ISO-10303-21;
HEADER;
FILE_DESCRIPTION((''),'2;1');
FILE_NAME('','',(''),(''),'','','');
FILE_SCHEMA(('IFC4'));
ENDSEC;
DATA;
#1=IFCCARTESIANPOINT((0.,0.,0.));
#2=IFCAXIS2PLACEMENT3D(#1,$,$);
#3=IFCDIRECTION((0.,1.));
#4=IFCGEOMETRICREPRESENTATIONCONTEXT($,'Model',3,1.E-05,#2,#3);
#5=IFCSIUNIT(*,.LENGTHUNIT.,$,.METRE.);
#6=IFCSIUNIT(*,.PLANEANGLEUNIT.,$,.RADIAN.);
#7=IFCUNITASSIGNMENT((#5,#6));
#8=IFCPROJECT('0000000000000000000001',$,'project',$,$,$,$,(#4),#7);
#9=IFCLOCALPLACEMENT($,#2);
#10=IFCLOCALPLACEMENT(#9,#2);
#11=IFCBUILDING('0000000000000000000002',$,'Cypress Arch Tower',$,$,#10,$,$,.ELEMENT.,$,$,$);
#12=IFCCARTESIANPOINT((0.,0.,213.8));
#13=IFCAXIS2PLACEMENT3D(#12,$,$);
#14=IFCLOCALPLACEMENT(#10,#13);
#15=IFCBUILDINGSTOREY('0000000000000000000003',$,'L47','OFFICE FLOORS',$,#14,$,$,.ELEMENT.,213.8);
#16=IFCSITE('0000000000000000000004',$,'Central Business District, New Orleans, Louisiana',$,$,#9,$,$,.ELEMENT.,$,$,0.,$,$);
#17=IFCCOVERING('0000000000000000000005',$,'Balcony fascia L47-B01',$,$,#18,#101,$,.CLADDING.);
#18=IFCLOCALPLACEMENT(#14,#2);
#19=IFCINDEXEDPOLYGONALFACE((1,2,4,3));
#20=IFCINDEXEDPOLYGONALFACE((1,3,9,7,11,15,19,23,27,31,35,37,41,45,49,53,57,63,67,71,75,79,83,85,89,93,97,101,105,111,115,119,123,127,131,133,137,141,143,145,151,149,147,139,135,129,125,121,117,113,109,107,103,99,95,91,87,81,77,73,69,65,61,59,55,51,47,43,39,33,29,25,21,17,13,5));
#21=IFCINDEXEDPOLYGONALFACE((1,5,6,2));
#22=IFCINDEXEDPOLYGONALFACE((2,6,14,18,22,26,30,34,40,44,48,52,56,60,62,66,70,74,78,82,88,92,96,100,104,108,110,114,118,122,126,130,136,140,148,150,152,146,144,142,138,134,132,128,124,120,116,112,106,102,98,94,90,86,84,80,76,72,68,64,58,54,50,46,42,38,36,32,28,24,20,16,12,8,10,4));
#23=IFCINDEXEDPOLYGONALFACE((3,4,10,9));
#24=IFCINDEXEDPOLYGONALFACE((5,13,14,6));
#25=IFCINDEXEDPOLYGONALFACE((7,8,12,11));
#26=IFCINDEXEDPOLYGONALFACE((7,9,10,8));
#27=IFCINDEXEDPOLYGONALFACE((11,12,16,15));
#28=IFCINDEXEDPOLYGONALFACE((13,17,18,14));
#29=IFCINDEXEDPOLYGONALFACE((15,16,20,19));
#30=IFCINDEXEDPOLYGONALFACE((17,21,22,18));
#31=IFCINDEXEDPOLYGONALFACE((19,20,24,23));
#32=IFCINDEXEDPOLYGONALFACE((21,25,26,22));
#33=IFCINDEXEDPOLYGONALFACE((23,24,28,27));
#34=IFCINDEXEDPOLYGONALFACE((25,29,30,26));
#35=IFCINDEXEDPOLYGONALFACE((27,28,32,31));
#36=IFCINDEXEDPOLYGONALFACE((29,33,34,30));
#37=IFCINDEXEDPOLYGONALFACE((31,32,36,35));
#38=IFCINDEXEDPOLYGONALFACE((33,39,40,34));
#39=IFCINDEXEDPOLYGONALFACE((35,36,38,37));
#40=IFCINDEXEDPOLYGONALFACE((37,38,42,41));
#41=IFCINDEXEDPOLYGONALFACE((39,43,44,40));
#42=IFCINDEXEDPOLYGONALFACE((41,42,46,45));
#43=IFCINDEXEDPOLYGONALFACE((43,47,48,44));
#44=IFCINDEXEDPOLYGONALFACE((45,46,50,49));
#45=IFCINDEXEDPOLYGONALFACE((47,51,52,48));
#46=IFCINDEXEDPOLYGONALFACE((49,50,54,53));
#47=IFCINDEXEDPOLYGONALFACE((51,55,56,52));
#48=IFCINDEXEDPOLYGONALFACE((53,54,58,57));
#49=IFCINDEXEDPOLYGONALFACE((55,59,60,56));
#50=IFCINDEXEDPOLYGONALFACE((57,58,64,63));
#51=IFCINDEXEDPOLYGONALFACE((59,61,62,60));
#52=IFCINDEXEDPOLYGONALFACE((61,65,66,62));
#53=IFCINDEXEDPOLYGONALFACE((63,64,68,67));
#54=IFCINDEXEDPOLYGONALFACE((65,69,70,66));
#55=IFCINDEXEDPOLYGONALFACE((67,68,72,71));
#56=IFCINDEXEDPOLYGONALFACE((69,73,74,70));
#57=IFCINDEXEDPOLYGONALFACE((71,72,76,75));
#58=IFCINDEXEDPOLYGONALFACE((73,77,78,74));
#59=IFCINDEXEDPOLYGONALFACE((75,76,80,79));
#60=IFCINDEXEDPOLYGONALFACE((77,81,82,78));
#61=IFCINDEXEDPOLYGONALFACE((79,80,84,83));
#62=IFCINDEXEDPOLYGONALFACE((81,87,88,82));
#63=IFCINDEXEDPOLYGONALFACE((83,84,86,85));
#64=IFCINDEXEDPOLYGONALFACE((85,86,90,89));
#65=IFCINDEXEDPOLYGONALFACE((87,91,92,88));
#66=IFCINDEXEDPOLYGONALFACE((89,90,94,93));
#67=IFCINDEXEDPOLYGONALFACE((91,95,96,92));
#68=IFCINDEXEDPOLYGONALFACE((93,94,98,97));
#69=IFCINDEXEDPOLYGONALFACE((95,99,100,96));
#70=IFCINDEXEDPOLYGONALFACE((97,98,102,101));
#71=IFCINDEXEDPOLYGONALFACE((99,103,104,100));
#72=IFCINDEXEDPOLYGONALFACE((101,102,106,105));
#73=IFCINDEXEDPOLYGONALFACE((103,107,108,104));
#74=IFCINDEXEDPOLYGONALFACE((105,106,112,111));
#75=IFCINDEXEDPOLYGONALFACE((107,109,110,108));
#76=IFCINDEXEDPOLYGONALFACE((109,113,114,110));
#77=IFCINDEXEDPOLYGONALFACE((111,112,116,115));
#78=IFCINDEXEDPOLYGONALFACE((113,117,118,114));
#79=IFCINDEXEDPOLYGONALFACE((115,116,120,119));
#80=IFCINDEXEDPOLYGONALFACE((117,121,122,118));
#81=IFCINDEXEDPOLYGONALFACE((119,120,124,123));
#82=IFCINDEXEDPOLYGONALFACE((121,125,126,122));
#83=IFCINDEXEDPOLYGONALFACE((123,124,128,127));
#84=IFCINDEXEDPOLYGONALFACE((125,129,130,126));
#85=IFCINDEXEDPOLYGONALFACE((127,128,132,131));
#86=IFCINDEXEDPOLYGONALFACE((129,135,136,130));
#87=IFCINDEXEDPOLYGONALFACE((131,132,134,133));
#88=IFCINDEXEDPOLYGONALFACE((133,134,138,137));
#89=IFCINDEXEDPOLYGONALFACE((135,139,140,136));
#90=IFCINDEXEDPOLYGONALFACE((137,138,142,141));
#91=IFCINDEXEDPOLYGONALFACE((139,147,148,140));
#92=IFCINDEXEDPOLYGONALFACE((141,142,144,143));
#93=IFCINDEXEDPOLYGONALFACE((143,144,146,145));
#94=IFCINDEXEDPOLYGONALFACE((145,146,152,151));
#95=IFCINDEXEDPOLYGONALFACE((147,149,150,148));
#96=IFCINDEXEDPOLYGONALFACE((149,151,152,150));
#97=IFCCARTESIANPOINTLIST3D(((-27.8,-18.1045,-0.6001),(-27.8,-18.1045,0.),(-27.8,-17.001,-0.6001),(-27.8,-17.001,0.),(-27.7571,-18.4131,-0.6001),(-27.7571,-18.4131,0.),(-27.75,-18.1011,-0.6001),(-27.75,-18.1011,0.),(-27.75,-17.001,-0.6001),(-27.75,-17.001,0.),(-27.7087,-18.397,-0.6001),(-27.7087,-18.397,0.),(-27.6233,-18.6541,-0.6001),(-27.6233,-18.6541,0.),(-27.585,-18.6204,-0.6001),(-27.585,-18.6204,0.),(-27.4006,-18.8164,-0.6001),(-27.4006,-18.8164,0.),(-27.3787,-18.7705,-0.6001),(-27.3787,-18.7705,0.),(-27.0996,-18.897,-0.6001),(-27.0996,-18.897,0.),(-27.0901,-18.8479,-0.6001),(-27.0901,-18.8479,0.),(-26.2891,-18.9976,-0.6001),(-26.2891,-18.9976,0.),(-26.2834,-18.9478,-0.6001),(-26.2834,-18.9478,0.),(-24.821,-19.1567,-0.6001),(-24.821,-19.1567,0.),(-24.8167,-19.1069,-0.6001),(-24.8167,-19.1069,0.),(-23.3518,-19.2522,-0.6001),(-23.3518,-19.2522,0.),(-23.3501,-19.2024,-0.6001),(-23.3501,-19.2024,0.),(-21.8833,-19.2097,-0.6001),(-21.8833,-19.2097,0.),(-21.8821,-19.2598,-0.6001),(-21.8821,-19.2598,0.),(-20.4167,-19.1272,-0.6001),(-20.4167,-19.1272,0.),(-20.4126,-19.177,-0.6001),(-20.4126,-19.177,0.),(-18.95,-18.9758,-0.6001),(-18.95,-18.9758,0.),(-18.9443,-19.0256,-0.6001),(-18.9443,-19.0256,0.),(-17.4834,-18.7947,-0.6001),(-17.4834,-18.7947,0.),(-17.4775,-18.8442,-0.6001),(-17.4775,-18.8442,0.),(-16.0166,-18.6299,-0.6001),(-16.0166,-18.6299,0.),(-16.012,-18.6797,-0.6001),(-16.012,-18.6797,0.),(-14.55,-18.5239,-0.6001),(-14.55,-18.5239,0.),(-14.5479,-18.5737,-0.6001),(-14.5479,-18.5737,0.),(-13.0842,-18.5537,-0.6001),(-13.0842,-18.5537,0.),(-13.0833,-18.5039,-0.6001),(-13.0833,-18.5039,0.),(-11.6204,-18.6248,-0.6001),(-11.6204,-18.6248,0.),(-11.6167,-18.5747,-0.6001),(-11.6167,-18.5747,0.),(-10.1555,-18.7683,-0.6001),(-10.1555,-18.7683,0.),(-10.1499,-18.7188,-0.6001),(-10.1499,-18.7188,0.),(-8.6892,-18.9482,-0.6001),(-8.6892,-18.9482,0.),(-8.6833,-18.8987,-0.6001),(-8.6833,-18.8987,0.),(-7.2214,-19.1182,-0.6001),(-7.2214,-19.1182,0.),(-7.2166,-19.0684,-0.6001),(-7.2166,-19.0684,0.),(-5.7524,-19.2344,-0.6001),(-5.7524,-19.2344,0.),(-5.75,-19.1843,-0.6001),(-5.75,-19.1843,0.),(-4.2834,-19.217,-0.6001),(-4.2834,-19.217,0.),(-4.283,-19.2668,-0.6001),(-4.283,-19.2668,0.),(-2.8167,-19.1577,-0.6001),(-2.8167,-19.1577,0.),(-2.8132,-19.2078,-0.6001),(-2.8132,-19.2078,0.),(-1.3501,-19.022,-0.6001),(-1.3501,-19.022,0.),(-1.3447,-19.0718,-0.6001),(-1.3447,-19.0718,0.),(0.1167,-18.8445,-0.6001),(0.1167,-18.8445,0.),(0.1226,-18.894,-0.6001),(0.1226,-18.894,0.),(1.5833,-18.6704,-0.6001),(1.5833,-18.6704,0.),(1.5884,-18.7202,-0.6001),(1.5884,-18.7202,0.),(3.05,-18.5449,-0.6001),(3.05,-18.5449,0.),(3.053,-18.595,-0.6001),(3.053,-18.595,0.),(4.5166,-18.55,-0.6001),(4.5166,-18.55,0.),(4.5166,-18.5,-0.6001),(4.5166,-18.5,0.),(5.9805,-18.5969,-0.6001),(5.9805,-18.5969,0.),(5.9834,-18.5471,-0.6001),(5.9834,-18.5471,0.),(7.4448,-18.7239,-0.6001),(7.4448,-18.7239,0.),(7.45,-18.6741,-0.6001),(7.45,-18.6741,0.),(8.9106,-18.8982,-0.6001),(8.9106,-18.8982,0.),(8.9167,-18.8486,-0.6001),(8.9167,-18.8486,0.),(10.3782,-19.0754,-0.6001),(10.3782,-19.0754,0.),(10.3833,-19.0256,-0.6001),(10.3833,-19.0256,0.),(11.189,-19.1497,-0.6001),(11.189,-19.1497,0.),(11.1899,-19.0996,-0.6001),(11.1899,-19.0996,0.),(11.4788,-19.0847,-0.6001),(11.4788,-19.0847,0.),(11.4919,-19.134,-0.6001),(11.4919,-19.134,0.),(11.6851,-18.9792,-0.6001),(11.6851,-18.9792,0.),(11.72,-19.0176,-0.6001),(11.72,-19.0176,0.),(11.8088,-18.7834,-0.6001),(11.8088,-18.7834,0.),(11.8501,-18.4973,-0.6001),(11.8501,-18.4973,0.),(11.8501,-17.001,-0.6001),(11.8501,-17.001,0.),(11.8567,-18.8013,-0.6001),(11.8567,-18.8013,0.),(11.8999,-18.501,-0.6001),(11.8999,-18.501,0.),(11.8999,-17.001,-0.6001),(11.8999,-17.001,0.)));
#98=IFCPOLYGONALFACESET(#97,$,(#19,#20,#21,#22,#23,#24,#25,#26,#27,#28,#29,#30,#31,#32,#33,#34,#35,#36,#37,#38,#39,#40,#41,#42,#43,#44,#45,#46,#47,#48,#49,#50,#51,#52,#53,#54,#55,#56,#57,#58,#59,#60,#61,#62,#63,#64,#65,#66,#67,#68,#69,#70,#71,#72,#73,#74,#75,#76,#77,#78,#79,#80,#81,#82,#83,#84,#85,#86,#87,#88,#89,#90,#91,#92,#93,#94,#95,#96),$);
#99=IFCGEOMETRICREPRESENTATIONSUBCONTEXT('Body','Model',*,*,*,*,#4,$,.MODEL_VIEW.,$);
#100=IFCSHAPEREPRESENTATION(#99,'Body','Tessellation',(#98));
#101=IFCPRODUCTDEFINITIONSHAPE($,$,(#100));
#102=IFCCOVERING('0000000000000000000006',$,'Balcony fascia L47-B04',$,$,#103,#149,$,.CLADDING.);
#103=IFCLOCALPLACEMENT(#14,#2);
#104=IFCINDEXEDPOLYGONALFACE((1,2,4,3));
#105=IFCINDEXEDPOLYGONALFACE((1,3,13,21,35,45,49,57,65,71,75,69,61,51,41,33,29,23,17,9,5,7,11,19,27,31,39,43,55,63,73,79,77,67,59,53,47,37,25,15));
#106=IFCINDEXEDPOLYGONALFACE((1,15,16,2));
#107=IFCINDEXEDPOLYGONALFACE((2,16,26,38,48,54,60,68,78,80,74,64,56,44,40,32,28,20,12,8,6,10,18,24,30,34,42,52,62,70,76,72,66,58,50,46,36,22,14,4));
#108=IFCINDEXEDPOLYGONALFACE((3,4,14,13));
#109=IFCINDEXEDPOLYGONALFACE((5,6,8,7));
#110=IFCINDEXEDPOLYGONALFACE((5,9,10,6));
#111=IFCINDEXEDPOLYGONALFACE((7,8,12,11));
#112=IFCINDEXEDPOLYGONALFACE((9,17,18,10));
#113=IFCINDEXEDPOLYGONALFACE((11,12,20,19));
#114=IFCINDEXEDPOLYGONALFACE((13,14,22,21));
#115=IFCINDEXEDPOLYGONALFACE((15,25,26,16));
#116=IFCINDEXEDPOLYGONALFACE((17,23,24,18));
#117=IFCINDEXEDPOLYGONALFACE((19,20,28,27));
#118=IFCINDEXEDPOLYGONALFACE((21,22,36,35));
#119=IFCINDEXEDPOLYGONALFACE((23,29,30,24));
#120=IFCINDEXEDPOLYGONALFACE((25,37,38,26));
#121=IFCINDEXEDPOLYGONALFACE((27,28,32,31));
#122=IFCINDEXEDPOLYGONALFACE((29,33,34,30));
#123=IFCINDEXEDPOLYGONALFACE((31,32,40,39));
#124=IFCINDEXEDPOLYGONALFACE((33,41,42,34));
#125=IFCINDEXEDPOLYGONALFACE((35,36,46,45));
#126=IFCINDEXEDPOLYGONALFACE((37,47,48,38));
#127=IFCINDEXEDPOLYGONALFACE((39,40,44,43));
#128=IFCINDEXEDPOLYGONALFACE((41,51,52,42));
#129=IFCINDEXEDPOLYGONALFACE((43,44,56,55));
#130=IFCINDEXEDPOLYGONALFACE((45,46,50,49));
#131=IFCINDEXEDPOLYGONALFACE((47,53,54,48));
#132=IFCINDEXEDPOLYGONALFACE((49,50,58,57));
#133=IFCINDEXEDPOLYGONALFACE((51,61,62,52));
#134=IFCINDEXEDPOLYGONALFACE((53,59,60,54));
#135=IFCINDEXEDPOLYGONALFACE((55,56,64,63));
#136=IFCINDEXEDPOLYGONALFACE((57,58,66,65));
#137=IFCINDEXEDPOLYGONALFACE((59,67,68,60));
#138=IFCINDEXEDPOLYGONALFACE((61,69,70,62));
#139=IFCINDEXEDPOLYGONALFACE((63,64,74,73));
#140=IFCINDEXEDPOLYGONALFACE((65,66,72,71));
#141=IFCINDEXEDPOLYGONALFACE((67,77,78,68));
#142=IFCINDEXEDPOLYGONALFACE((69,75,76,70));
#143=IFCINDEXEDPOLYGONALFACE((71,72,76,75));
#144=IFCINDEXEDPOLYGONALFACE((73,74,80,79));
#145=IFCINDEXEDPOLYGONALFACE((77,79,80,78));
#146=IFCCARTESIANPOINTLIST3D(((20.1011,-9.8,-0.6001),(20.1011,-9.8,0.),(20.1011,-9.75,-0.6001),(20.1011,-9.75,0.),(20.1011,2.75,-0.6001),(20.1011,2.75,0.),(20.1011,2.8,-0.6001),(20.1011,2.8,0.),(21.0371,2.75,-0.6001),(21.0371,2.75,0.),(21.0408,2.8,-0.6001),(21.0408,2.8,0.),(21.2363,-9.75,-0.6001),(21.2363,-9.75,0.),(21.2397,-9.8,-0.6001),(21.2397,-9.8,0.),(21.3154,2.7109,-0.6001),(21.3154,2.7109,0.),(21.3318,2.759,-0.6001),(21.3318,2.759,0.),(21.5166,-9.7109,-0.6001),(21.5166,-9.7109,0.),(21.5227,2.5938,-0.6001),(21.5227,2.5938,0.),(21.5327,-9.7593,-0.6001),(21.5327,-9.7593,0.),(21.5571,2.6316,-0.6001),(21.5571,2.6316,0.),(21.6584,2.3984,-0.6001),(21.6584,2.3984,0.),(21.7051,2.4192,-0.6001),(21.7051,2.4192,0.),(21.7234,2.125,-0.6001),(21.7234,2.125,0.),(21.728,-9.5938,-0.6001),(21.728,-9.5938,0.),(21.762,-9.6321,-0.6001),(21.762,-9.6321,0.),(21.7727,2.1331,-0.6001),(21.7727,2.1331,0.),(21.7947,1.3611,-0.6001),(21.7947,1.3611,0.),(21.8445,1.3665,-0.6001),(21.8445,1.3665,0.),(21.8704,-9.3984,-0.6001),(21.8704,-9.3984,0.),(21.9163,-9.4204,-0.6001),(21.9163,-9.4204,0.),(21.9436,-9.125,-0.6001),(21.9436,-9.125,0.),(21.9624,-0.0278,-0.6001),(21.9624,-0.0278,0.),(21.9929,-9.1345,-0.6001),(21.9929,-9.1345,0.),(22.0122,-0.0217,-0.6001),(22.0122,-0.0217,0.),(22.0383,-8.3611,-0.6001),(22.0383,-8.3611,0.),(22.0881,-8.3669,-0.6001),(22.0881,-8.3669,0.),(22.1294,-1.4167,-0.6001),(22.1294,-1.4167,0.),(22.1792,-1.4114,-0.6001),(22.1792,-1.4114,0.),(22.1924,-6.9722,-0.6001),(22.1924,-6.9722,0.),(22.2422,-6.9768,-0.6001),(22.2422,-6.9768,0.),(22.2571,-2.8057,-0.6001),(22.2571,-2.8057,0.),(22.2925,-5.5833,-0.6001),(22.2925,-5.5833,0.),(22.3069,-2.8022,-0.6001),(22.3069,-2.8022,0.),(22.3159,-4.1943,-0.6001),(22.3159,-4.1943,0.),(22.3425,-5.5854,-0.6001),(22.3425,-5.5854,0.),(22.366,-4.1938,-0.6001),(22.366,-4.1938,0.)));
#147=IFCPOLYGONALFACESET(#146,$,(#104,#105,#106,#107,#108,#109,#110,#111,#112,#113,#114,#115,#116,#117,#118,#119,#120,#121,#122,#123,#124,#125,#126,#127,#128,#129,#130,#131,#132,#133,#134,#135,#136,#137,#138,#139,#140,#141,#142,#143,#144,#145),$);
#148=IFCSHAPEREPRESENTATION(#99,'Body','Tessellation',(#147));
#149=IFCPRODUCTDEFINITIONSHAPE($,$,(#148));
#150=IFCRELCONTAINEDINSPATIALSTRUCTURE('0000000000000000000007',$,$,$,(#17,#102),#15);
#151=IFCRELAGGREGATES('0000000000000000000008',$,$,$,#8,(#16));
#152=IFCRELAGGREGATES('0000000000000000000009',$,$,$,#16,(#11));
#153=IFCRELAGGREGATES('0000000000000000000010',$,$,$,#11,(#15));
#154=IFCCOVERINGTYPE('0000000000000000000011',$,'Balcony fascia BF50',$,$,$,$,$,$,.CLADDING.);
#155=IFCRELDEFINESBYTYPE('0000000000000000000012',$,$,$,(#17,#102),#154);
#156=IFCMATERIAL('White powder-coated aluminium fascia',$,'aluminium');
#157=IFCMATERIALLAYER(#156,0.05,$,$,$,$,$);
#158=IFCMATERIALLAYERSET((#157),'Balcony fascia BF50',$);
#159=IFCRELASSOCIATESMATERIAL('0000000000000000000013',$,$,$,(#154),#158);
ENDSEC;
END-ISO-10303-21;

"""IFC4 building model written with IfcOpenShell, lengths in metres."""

from ifc_helpers import new_model, si_unit, direction, frame, origin, place, context, subcontext, project, spatial, polyline, outline, extrude, material, layer, layer_set, type_object, element, save


model = new_model("IFC4")

# Units and contexts
model_context = context("Model", 3, precision=1e-05, world=origin(), true_north=direction((0.0, 1.0)))
body_context = subcontext(model_context, "Body", "Model", "MODEL_VIEW")
ifc_project = project(units=[si_unit("LENGTHUNIT", "METRE"), si_unit("PLANEANGLEUNIT", "RADIAN")], contexts=[model_context])

# Site, building, storey
site_placement = place(None, origin())
site = spatial("IfcSite", under=ifc_project, at=site_placement, Name="Central Business District, New Orleans, Louisiana", CompositionType="ELEMENT", RefElevation=0.0)
building_placement = place(site_placement, origin())
building = spatial("IfcBuilding", under=site, at=building_placement, Name="Cypress Arch Tower", CompositionType="ELEMENT")
storey_placement = place(building_placement, frame((0.0, 0.0, 213.8)))
storey = spatial("IfcBuildingStorey", under=building, at=storey_placement, Name="L47", Description="OFFICE FLOORS", CompositionType="ELEMENT", Elevation=213.8)

# Coverings
ifc_material_1 = material(Name="White powder-coated aluminium fascia", Category="aluminium")
ifc_layer_1 = layer(ifc_material_1, 0.05)
ifc_layer_set_1 = layer_set([ifc_layer_1], Name="Balcony fascia BF50")
covering_type_1 = type_object("IfcCoveringType", Name="Balcony fascia BF50", PredefinedType="CLADDING", material=ifc_layer_set_1)
covering_1_placement = place(storey_placement, frame((0.0, 0.0, -0.6001)))
element("IfcCovering", 1, at=covering_1_placement, inside=storey, type_object=covering_type_1, Name="Balcony fascia L47-B01", PredefinedType="CLADDING", context=body_context, shape_type="SweptSolid", body=[
    extrude(outline(polyline([(11.8999, -18.501), (11.8567, -18.8013), (11.72, -19.0176), (11.4919, -19.134), (11.189, -19.1497), (10.3782, -19.0754), (8.9106, -18.8982), (7.4448, -18.7239), (5.9805, -18.5969), (4.5166, -18.55), (3.053, -18.595), (1.5884, -18.7202), (0.1226, -18.894), (-1.3447, -19.0718), (-2.8132, -19.2078), (-4.283, -19.2668), (-5.7524, -19.2344), (-7.2214, -19.1182), (-8.6892, -18.9482), (-10.1555, -18.7683), (-11.6204, -18.6248), (-13.0842, -18.5537), (-14.5479, -18.5737), (-16.012, -18.6797), (-17.4775, -18.8442), (-18.9443, -19.0256), (-20.4126, -19.177), (-21.8821, -19.2598), (-23.3518, -19.2522), (-24.821, -19.1567), (-26.2891, -18.9976), (-27.0996, -18.897), (-27.4006, -18.8164), (-27.6233, -18.6541), (-27.7571, -18.4131), (-27.8, -18.1045), (-27.8, -17.001), (-27.75, -17.001), (-27.75, -18.1011), (-27.7087, -18.397), (-27.585, -18.6204), (-27.3787, -18.7705), (-27.0901, -18.8479), (-26.2834, -18.9478), (-24.8167, -19.1069), (-23.3501, -19.2024), (-21.8833, -19.2097), (-20.4167, -19.1272), (-18.95, -18.9758), (-17.4834, -18.7947), (-16.0166, -18.6299), (-14.55, -18.5239), (-13.0833, -18.5039), (-11.6167, -18.5747), (-10.1499, -18.7188), (-8.6833, -18.8987), (-7.2166, -19.0684), (-5.75, -19.1843), (-4.2834, -19.217), (-2.8167, -19.1577), (-1.3501, -19.022), (0.1167, -18.8445), (1.5833, -18.6704), (3.05, -18.5449), (4.5166, -18.5), (5.9834, -18.5471), (7.45, -18.6741), (8.9167, -18.8486), (10.3833, -19.0256), (11.1899, -19.0996), (11.4788, -19.0847), (11.6851, -18.9792), (11.8088, -18.7834), (11.8501, -18.4973), (11.8501, -17.001), (11.8999, -17.001), (11.8999, -18.501)])), origin(), (0.0, 0.0, 1.0), 0.6001),
])
covering_2_placement = place(storey_placement, frame((0.0, 0.0, -0.6001)))
element("IfcCovering", 2, at=covering_2_placement, inside=storey, type_object=covering_type_1, Name="Balcony fascia L47-B04", PredefinedType="CLADDING", context=body_context, shape_type="SweptSolid", body=[
    extrude(outline(polyline([(21.0408, 2.8), (21.3318, 2.759), (21.5571, 2.6316), (21.7051, 2.4192), (21.7727, 2.1331), (21.8445, 1.3665), (22.0122, -0.0217), (22.1792, -1.4114), (22.3069, -2.8022), (22.366, -4.1938), (22.3425, -5.5854), (22.2422, -6.9768), (22.0881, -8.3669), (21.9929, -9.1345), (21.9163, -9.4204), (21.762, -9.6321), (21.5327, -9.7593), (21.2397, -9.8), (20.1011, -9.8), (20.1011, -9.75), (21.2363, -9.75), (21.5166, -9.7109), (21.728, -9.5938), (21.8704, -9.3984), (21.9436, -9.125), (22.0383, -8.3611), (22.1924, -6.9722), (22.2925, -5.5833), (22.3159, -4.1943), (22.2571, -2.8057), (22.1294, -1.4167), (21.9624, -0.0278), (21.7947, 1.3611), (21.7234, 2.125), (21.6584, 2.3984), (21.5227, 2.5938), (21.3154, 2.7109), (21.0371, 2.75), (20.1011, 2.75), (20.1011, 2.8), (21.0408, 2.8)])), origin(), (0.0, 0.0, 1.0), 0.6001),
])

save(model, "model.ifc")
